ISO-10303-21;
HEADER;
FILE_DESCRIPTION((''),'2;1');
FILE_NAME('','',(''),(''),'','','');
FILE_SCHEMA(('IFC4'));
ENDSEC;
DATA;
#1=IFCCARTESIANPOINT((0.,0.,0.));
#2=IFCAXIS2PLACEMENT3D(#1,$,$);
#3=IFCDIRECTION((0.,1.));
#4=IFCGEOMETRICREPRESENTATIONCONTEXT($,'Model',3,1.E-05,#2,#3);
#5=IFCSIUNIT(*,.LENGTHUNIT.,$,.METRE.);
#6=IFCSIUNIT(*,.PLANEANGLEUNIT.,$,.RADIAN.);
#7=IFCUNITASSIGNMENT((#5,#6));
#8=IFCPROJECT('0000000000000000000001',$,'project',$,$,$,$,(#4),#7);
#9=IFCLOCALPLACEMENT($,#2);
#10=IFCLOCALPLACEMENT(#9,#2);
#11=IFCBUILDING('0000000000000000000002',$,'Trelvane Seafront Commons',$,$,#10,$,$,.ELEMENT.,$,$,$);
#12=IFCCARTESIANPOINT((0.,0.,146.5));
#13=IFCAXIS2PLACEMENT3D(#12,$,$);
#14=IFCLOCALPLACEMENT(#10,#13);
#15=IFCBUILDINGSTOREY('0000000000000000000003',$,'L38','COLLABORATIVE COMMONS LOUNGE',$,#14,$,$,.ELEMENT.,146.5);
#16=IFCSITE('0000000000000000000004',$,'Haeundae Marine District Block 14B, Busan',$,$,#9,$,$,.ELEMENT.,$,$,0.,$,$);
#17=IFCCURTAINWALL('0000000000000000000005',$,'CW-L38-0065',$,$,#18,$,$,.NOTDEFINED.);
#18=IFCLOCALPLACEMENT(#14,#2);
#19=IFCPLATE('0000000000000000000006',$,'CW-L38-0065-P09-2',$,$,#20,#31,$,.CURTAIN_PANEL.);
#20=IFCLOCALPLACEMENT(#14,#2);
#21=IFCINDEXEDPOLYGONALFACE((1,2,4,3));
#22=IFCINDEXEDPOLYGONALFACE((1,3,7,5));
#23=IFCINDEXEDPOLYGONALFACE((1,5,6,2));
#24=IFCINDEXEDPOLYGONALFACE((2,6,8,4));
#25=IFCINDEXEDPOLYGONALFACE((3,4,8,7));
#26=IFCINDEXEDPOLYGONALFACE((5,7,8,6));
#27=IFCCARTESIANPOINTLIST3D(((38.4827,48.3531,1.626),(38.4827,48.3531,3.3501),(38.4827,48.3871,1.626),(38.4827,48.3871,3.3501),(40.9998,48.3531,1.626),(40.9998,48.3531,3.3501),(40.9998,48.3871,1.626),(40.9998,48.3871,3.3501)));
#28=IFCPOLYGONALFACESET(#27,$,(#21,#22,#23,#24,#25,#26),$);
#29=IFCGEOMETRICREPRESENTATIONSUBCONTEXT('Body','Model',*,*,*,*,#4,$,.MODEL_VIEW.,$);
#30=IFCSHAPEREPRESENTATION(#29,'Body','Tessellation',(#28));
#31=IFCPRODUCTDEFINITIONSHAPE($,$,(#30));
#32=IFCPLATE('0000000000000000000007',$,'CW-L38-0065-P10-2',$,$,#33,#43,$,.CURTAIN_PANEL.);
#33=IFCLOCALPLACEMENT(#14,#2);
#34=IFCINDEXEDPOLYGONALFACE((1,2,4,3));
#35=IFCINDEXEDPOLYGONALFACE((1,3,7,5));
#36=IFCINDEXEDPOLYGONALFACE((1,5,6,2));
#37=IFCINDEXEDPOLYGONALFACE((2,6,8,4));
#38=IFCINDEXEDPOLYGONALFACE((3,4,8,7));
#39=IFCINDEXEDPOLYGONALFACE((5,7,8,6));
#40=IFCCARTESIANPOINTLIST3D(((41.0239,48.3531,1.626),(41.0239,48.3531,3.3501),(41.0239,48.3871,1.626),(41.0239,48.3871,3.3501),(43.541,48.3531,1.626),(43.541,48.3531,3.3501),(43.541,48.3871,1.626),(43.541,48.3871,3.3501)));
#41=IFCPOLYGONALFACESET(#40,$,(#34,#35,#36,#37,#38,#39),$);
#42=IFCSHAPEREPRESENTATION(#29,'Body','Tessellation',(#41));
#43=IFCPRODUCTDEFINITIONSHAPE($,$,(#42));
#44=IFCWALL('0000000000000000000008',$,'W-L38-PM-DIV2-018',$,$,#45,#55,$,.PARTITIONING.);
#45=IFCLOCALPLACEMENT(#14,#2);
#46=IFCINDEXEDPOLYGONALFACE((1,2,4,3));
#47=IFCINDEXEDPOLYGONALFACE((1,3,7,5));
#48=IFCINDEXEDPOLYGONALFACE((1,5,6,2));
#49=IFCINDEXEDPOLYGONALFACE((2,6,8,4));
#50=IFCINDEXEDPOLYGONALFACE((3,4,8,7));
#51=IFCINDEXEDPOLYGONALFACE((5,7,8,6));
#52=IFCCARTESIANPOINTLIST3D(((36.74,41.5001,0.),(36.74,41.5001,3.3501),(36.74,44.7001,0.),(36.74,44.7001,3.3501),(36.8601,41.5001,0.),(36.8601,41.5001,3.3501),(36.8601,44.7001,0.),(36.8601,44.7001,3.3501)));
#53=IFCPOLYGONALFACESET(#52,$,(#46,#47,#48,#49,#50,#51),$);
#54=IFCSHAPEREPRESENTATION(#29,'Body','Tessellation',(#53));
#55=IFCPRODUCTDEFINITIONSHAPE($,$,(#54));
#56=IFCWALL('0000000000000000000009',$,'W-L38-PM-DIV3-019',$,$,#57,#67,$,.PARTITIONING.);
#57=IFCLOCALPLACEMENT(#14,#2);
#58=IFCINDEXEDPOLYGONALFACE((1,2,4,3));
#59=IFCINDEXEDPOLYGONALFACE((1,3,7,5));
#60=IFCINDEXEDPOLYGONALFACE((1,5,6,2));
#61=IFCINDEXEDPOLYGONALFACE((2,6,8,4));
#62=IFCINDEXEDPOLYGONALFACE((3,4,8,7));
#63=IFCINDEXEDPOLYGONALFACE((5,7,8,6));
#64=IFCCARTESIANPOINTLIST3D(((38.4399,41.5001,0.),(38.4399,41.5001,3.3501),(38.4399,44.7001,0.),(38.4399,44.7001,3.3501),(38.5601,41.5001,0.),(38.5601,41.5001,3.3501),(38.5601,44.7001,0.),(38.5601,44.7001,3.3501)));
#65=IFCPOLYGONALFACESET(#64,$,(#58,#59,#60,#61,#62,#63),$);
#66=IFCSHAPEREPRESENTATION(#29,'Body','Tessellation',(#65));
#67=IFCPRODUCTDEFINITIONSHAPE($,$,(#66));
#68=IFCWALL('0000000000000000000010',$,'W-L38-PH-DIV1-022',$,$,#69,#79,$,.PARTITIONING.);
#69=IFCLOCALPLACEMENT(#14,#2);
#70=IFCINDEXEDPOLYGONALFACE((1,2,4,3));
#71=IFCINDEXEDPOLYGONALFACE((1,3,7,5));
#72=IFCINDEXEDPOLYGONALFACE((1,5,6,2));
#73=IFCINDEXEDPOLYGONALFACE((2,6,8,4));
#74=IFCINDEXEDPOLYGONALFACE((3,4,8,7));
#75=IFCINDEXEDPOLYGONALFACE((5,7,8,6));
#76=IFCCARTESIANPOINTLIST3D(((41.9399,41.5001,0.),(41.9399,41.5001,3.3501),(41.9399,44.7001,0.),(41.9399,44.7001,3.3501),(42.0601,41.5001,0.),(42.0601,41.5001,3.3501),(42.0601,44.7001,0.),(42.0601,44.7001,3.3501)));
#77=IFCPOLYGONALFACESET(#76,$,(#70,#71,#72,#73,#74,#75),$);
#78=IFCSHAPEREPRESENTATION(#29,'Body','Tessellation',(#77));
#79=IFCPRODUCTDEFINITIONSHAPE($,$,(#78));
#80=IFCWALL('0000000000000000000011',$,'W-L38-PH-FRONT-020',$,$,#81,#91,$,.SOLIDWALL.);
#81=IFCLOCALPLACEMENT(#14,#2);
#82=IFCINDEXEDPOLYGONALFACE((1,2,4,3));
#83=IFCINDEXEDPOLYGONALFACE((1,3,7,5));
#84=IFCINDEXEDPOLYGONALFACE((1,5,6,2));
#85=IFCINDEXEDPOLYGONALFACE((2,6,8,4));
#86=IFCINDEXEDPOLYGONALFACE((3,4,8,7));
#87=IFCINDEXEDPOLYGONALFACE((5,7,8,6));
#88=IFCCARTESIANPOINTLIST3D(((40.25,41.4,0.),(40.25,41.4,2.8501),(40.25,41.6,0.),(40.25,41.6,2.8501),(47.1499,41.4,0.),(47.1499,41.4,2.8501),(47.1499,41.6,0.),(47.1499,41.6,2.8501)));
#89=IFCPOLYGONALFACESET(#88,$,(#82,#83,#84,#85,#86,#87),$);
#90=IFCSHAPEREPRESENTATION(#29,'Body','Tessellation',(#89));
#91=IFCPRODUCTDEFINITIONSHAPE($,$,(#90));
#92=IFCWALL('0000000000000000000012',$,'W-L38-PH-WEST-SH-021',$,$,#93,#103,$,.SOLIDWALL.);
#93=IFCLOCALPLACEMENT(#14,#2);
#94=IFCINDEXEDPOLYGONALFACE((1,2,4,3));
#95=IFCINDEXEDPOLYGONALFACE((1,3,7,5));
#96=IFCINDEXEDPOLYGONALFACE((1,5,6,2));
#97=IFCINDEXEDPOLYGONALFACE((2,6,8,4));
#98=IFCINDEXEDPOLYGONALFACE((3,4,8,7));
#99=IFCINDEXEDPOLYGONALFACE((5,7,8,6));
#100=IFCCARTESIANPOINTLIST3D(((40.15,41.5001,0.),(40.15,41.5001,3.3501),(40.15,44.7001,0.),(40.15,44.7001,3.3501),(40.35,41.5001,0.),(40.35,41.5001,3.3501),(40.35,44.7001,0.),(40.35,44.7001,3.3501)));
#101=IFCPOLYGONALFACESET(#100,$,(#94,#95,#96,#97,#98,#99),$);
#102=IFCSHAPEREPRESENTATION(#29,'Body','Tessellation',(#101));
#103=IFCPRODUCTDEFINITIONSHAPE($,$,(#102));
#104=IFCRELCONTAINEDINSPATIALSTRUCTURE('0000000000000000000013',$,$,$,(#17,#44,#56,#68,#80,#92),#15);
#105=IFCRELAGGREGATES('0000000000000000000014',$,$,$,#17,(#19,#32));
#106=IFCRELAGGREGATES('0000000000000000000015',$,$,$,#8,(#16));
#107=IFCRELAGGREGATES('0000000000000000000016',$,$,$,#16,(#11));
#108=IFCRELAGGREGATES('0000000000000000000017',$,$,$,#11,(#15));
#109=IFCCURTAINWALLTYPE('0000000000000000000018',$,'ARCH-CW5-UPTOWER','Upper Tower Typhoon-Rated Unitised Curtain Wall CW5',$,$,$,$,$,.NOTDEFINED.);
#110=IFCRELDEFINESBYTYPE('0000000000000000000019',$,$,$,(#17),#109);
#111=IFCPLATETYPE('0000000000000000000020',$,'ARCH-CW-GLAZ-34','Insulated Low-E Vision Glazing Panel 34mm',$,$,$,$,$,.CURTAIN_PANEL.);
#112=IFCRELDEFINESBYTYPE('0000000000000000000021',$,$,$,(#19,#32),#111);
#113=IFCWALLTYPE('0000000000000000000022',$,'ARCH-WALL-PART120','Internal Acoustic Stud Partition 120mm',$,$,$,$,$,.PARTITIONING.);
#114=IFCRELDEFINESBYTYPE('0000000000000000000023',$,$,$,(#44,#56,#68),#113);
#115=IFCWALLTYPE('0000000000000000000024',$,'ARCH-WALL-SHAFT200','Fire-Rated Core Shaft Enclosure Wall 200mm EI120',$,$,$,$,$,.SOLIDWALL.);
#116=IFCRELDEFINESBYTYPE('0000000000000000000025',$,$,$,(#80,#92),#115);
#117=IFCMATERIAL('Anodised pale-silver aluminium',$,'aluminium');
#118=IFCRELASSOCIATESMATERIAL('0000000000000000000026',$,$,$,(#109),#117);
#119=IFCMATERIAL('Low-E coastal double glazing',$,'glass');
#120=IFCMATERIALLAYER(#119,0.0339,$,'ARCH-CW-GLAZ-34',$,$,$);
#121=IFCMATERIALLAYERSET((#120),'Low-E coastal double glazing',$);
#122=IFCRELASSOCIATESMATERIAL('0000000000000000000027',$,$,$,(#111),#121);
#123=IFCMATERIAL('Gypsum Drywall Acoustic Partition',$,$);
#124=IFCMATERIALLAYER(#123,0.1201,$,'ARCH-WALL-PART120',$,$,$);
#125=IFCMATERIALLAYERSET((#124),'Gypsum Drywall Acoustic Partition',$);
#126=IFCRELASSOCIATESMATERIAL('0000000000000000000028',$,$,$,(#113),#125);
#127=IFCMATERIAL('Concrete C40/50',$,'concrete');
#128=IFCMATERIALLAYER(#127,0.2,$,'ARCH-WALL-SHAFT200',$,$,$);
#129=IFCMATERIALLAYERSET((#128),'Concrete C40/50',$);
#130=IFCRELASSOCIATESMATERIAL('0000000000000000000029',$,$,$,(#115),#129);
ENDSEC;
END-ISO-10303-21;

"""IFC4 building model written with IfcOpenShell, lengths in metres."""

from ifc_helpers import new_model, si_unit, direction, frame, frame_2d, origin, origin_2d, place, context, subcontext, project, spatial, rectangle, extrude, source, transform, mapped, material, layer, layer_set, type_object, element, aggregate, save


model = new_model("IFC4")

# Units and contexts
model_context = context("Model", 3, precision=1e-05, world=origin(), true_north=direction((0.0, 1.0)))
body_context = subcontext(model_context, "Body", "Model", "MODEL_VIEW")
ifc_project = project(units=[si_unit("LENGTHUNIT", "METRE"), si_unit("PLANEANGLEUNIT", "RADIAN")], contexts=[model_context])

# Site, building, storey
site_placement = place(None, origin())
site = spatial("IfcSite", under=ifc_project, at=site_placement, Name="Haeundae Marine District Block 14B, Busan", CompositionType="ELEMENT", RefElevation=0.0)
building_placement = place(site_placement, origin())
building = spatial("IfcBuilding", under=site, at=building_placement, Name="Trelvane Seafront Commons", CompositionType="ELEMENT")
storey_placement = place(building_placement, frame((0.0, 0.0, 146.5)))
storey = spatial("IfcBuildingStorey", under=building, at=storey_placement, Name="L38", Description="COLLABORATIVE COMMONS LOUNGE", CompositionType="ELEMENT", Elevation=146.5)

# Curtain wall
ifc_material_1 = material(Name="Anodised pale-silver aluminium", Category="aluminium")
curtain_wall_type = type_object("IfcCurtainWallType", Name="ARCH-CW5-UPTOWER", Description="Upper Tower Typhoon-Rated Unitised Curtain Wall CW5", PredefinedType="NOTDEFINED", material=ifc_material_1)
curtain_wall_placement = place(storey_placement, origin())
curtain_wall = element("IfcCurtainWall", 1, at=curtain_wall_placement, inside=storey, type_object=curtain_wall_type, Name="CW-L38-0065", PredefinedType="NOTDEFINED")

# Plates
ifc_material_2 = material(Name="Low-E coastal double glazing", Category="glass")
ifc_layer_1 = layer(ifc_material_2, 0.0339, Name="ARCH-CW-GLAZ-34")
ifc_layer_set_1 = layer_set([ifc_layer_1], Name="Low-E coastal double glazing")
plate_type_1 = type_object("IfcPlateType", Name="ARCH-CW-GLAZ-34", Description="Insulated Low-E Vision Glazing Panel 34mm", PredefinedType="CURTAIN_PANEL", material=ifc_layer_set_1)
shared_shape_1 = source(origin(), body_context, "Body", "SweptSolid", [
    extrude(rectangle(XDim=2.5171, YDim=0.0339, at=origin_2d()), origin(), (0.0, 0.0, 1.0), 1.7241),
])
plate_1_placement = place(storey_placement, frame((39.7412, 48.3701, 1.626), z_axis=(0.0, 0.0, 1.0), x_axis=(1.0, 0.0, 0.0)))
plate_1 = element("IfcPlate", 2, at=plate_1_placement, type_object=plate_type_1, Name="CW-L38-0065-P09-2", PredefinedType="CURTAIN_PANEL", context=body_context, shape_type="MappedRepresentation", body=[
    mapped(shared_shape_1, transform((0.0, 0.0, 0.0), x_axis=(1.0, 0.0, 0.0), y_axis=(0.0, 1.0, 0.0), z_axis=(0.0, 0.0, 1.0), scale=1.0)),
])
plate_2_placement = place(storey_placement, frame((42.2825, 48.3701, 1.626), z_axis=(0.0, 0.0, 1.0), x_axis=(1.0, 0.0, 0.0)))
plate_2 = element("IfcPlate", 3, at=plate_2_placement, type_object=plate_type_1, Name="CW-L38-0065-P10-2", PredefinedType="CURTAIN_PANEL", context=body_context, shape_type="MappedRepresentation", body=[
    mapped(shared_shape_1, transform((0.0, 0.0, 0.0), x_axis=(1.0, 0.0, 0.0), y_axis=(0.0, 1.0, 0.0), z_axis=(0.0, 0.0, 1.0), scale=1.0)),
])
aggregate(curtain_wall, [plate_1, plate_2])

# Walls
ifc_material_3 = material(Name="Gypsum Drywall Acoustic Partition")
ifc_layer_2 = layer(ifc_material_3, 0.1201, Name="ARCH-WALL-PART120")
ifc_layer_set_2 = layer_set([ifc_layer_2], Name="Gypsum Drywall Acoustic Partition")
wall_type_1 = type_object("IfcWallType", Name="ARCH-WALL-PART120", Description="Internal Acoustic Stud Partition 120mm", PredefinedType="PARTITIONING", material=ifc_layer_set_2)
for number, where, z_axis, x_axis, name in (
    (4, (36.8, 41.5, 0.0), (0.0, 0.0, 1.0), (0.0, 1.0, 0.0), "W-L38-PM-DIV2-018"),
    (5, (38.5, 41.5, 0.0), (0.0, 0.0, 1.0), (0.0, 1.0, 0.0), "W-L38-PM-DIV3-019"),
    (6, (42.0, 41.5, 0.0), (0.0, 0.0, 1.0), (0.0, 1.0, 0.0), "W-L38-PH-DIV1-022"),
):
    element("IfcWall", number, at=place(storey_placement, frame(where, z_axis=z_axis, x_axis=x_axis)), inside=storey, type_object=wall_type_1, Name=name, PredefinedType="PARTITIONING", context=body_context, shape_type="SweptSolid", body=[
        extrude(rectangle(XDim=3.2, YDim=0.1201, at=frame_2d((1.6001, 0.0))), origin(), (0.0, 0.0, 1.0), 3.3501),
    ])

# Walls
ifc_material_4 = material(Name="Concrete C40/50", Category="concrete")
ifc_layer_3 = layer(ifc_material_4, 0.2, Name="ARCH-WALL-SHAFT200")
ifc_layer_set_3 = layer_set([ifc_layer_3], Name="Concrete C40/50")
wall_type_2 = type_object("IfcWallType", Name="ARCH-WALL-SHAFT200", Description="Fire-Rated Core Shaft Enclosure Wall 200mm EI120", PredefinedType="SOLIDWALL", material=ifc_layer_set_3)
wall_1_placement = place(storey_placement, frame((40.25, 41.5, 0.0), z_axis=(0.0, 0.0, 1.0), x_axis=(1.0, 0.0, 0.0)))
element("IfcWall", 7, at=wall_1_placement, inside=storey, type_object=wall_type_2, Name="W-L38-PH-FRONT-020", PredefinedType="SOLIDWALL", context=body_context, shape_type="SweptSolid", body=[
    extrude(rectangle(XDim=6.8999, YDim=0.2, at=frame_2d((3.45, 0.0))), origin(), (0.0, 0.0, 1.0), 2.8501),
])
wall_2_placement = place(storey_placement, frame((40.25, 41.5, 0.0), z_axis=(0.0, 0.0, 1.0), x_axis=(0.0, 1.0, 0.0)))
element("IfcWall", 8, at=wall_2_placement, inside=storey, type_object=wall_type_2, Name="W-L38-PH-WEST-SH-021", PredefinedType="SOLIDWALL", context=body_context, shape_type="SweptSolid", body=[
    extrude(rectangle(XDim=3.2, YDim=0.2, at=frame_2d((1.6001, 0.0))), origin(), (0.0, 0.0, 1.0), 3.3501),
])

save(model, "model.ifc")
